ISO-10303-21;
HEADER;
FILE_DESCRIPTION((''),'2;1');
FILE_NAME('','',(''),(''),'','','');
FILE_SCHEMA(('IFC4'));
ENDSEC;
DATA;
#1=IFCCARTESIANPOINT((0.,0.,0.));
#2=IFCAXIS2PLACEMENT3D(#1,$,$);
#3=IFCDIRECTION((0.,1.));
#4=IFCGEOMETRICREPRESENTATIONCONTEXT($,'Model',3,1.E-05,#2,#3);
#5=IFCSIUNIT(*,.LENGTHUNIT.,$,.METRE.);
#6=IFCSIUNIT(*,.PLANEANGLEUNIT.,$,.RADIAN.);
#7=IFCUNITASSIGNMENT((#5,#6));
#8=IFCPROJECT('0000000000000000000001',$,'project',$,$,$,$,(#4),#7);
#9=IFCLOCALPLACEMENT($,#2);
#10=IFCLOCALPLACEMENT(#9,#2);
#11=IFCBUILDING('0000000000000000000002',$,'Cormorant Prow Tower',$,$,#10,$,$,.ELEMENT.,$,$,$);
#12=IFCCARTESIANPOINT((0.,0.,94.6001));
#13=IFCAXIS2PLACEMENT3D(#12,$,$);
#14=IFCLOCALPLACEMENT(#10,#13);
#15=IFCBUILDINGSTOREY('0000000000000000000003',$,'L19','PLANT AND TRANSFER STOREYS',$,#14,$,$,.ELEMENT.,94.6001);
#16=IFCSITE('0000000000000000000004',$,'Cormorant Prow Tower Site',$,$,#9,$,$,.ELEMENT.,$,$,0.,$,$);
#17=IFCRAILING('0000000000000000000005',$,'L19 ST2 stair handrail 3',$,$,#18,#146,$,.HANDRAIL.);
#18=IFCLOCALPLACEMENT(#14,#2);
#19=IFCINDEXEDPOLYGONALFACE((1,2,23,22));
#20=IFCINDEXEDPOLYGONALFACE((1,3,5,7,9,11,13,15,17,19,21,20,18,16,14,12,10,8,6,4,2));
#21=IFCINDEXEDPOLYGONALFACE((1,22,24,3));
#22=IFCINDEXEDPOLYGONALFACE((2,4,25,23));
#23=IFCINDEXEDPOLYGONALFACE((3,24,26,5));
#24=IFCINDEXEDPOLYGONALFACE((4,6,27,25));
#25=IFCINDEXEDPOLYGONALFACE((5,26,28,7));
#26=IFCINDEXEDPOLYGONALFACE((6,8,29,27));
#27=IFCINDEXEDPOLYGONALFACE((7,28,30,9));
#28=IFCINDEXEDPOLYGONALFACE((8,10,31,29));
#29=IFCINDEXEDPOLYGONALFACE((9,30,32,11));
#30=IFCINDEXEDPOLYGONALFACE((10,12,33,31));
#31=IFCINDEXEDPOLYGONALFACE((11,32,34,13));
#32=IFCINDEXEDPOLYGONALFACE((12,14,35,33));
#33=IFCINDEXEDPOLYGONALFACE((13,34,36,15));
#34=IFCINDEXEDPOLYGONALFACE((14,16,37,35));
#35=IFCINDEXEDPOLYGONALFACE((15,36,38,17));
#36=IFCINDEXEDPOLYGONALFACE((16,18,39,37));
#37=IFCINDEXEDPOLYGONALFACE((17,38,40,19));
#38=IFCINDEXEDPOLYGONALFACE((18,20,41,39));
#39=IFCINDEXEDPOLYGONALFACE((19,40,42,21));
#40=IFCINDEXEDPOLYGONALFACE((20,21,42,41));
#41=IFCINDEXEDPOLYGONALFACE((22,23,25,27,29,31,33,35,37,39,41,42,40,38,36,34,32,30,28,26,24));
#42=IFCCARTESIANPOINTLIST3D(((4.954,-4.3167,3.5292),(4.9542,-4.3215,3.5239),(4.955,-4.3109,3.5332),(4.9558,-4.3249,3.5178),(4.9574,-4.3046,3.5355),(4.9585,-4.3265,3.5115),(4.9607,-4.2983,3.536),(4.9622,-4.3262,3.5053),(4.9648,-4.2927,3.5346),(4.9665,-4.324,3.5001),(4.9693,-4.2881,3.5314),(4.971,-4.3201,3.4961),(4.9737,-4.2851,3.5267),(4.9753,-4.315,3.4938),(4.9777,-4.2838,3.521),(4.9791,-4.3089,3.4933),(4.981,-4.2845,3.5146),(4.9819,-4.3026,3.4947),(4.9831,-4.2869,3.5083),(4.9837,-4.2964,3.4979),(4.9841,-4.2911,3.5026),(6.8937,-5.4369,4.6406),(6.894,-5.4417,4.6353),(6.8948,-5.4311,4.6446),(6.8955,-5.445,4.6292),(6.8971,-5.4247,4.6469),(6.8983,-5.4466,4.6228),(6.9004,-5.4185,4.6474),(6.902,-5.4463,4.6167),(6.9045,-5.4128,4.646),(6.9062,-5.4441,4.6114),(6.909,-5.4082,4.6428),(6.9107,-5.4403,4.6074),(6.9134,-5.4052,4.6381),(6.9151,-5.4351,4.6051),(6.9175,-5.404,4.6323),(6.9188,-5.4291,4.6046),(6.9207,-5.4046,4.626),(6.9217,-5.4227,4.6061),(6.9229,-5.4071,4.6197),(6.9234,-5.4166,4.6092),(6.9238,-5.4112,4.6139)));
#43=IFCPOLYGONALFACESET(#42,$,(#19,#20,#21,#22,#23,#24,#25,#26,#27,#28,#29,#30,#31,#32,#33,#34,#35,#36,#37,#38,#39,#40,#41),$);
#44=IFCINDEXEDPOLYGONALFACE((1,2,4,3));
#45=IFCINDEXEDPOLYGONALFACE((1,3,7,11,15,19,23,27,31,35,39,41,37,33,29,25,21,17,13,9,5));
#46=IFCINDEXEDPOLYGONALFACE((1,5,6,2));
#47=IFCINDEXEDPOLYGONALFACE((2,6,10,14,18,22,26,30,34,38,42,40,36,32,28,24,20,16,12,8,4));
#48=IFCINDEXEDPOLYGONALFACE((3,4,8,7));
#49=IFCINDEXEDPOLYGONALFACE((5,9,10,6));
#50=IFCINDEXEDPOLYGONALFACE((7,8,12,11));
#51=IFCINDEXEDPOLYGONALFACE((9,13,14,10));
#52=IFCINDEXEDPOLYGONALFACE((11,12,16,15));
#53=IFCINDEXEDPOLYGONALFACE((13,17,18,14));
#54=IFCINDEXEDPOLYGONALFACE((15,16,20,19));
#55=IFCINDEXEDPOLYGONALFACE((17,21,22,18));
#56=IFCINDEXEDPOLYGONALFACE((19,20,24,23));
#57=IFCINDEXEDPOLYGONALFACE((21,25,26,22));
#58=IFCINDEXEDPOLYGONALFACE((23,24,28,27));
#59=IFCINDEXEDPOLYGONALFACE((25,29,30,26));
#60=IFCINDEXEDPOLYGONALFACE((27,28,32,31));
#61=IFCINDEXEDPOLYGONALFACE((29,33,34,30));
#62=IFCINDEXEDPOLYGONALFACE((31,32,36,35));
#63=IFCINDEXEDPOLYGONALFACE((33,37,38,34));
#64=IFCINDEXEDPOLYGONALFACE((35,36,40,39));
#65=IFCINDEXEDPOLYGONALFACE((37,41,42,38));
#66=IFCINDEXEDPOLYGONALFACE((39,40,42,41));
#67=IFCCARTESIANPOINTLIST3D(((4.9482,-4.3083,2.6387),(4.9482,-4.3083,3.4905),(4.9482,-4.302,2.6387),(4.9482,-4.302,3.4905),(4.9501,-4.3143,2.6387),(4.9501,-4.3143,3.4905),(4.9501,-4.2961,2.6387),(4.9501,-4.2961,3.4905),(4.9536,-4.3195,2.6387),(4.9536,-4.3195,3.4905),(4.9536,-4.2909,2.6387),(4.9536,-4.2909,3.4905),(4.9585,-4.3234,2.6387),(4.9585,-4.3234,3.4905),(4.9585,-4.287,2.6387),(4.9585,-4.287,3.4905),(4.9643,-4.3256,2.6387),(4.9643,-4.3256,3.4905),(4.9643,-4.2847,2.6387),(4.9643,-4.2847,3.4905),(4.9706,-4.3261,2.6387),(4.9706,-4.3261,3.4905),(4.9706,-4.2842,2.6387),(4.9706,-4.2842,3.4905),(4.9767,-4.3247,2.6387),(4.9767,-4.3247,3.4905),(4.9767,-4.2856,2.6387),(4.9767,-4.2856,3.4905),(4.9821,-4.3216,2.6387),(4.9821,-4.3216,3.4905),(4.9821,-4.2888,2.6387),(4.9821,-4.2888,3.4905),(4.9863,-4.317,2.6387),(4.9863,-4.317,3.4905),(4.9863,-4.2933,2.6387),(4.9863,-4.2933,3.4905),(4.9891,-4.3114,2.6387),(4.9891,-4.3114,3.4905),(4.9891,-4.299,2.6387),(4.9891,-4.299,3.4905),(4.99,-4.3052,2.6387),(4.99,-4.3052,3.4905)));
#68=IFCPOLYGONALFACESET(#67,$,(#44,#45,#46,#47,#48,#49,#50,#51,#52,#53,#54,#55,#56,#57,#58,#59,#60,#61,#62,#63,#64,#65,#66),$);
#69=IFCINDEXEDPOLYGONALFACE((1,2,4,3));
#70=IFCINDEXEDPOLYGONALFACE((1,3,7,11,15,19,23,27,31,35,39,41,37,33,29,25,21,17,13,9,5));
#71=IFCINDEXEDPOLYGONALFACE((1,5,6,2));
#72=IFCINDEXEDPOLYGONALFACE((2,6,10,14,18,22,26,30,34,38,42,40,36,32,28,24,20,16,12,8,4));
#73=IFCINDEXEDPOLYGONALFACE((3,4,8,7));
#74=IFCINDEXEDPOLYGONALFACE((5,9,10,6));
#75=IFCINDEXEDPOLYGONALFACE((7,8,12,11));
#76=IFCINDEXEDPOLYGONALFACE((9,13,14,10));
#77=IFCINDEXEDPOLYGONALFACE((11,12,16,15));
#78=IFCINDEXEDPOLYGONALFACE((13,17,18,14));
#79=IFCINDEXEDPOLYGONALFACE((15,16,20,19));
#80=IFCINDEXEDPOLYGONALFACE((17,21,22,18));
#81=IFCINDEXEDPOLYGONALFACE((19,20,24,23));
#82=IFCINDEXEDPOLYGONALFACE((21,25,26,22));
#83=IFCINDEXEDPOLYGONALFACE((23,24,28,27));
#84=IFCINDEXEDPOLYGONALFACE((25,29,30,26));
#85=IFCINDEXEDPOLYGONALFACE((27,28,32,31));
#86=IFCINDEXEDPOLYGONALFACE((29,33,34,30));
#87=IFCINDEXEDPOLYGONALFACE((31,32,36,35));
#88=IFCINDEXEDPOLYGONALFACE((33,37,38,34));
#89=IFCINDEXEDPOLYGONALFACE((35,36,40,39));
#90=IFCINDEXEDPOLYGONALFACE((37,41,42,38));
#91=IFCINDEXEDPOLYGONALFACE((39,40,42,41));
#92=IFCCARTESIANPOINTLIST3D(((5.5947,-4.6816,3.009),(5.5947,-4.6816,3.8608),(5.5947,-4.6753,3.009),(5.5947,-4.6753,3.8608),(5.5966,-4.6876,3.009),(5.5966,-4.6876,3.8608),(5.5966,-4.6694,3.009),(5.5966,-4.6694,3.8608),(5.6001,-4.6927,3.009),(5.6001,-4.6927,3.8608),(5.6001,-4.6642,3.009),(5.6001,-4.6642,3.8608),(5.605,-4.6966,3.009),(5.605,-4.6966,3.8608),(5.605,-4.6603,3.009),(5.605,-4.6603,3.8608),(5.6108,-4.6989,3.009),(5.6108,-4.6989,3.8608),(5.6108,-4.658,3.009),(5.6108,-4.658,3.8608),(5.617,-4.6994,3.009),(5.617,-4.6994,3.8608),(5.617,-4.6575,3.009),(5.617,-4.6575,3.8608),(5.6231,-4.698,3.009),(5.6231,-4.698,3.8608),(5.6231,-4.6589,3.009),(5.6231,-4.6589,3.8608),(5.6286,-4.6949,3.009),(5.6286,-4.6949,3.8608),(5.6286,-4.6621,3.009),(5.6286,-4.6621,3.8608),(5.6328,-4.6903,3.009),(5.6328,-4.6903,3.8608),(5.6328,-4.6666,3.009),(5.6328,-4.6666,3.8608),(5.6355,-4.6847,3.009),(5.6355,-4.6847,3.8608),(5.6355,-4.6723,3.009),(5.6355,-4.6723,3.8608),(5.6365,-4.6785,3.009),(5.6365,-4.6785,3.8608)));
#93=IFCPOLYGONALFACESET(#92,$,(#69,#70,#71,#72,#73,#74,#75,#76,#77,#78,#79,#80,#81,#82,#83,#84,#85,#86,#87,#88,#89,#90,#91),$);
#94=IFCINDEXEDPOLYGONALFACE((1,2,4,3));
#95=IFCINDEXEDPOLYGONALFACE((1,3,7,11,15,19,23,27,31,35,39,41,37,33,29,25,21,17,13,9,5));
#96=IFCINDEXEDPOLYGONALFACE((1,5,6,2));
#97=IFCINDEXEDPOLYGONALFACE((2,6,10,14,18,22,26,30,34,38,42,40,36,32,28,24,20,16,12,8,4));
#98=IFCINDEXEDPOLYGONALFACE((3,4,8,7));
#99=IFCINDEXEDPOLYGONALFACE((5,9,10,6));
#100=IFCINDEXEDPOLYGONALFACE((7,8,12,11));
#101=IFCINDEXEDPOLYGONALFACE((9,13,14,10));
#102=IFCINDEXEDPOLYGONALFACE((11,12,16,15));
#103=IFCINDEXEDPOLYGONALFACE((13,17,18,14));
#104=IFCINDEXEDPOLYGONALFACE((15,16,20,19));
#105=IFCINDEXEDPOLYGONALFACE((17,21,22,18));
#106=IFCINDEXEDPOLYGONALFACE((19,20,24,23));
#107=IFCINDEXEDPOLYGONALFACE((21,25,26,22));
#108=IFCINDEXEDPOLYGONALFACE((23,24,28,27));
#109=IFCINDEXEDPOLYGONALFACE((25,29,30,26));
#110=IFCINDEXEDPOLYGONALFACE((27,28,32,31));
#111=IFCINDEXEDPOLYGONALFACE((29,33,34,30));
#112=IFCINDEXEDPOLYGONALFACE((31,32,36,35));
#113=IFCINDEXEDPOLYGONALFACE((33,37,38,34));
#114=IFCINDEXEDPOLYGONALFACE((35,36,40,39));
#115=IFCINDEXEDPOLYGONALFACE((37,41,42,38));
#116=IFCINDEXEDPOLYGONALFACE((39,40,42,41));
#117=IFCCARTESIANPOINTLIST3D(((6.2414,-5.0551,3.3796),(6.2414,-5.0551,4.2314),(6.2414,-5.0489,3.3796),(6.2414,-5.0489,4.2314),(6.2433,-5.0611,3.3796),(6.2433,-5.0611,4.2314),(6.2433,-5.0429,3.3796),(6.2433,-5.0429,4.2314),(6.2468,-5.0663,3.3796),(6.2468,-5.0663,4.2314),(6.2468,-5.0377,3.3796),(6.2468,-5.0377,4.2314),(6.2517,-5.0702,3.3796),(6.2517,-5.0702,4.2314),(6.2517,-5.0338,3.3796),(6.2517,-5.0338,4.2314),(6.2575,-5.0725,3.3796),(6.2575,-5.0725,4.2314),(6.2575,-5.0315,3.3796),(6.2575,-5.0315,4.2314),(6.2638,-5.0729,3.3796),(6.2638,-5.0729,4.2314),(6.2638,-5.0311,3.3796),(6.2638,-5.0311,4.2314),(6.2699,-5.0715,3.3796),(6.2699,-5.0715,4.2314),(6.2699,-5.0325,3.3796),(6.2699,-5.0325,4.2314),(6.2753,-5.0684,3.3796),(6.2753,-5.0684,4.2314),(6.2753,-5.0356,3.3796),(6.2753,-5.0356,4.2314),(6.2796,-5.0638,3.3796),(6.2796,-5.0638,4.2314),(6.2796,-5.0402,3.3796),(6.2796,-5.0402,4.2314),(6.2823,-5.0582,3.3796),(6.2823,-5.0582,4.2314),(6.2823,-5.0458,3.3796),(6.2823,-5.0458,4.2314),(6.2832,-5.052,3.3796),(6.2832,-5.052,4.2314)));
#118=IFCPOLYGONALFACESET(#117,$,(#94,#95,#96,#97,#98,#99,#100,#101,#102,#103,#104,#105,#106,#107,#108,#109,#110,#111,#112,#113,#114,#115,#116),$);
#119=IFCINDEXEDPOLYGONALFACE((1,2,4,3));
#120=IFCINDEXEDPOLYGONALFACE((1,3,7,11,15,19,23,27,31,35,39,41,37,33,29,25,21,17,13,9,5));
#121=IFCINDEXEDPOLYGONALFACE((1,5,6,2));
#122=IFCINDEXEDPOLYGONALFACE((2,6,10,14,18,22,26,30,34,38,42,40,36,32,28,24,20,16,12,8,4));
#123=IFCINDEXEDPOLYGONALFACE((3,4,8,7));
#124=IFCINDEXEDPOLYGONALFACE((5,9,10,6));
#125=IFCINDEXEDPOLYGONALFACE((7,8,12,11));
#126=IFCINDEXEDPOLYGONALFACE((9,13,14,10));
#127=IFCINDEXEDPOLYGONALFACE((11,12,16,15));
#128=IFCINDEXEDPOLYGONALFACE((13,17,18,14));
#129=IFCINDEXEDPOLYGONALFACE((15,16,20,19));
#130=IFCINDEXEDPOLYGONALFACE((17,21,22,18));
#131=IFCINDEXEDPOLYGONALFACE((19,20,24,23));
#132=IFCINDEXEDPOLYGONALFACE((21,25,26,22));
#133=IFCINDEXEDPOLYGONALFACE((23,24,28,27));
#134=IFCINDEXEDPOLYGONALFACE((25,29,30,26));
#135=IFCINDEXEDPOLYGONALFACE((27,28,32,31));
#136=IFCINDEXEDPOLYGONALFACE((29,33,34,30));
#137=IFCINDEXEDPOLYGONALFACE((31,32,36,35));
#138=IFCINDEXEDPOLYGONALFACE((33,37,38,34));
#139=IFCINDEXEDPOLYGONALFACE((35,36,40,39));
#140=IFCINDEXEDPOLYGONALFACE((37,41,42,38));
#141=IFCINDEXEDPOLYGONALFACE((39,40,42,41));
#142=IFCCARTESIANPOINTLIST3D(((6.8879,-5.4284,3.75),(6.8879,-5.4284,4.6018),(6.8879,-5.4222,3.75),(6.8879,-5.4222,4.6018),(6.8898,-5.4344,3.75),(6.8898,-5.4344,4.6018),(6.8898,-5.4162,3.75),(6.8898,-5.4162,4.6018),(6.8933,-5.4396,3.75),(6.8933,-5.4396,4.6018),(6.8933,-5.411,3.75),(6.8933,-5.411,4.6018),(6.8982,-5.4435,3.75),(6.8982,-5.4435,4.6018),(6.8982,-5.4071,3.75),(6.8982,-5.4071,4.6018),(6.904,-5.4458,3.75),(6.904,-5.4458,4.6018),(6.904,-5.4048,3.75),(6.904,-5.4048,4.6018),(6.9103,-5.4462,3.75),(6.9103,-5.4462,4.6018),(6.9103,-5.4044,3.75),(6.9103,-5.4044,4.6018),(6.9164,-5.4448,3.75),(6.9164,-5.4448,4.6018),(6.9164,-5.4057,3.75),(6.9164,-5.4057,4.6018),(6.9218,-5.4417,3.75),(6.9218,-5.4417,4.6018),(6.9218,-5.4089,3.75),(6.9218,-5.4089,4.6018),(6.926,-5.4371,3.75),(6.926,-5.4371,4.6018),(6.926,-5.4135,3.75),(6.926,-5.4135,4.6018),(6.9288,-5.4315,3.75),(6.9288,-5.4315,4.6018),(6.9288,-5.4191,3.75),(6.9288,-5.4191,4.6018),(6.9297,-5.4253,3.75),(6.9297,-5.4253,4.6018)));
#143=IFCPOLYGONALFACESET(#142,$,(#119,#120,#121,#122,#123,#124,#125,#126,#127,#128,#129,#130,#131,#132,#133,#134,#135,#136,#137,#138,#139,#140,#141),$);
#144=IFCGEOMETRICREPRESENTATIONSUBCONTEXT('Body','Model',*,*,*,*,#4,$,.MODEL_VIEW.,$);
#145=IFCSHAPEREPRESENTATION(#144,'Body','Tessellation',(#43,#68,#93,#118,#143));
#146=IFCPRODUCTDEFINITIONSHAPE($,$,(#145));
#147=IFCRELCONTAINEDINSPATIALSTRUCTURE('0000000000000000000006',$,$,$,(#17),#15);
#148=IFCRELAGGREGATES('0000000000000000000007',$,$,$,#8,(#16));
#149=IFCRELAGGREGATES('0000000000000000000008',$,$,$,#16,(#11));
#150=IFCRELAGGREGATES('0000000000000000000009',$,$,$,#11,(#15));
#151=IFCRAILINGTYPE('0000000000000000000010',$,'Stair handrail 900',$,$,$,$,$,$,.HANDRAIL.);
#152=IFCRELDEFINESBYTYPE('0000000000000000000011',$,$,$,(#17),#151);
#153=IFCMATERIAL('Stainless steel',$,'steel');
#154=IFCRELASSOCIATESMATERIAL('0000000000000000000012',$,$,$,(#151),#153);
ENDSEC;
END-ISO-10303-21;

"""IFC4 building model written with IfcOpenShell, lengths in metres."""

from ifc_helpers import new_model, si_unit, direction, frame, origin, origin_2d, place, context, subcontext, project, spatial, circle, extrude, material, type_object, element, save


model = new_model("IFC4")

# Units and contexts
model_context = context("Model", 3, precision=1e-05, world=origin(), true_north=direction((0.0, 1.0)))
body_context = subcontext(model_context, "Body", "Model", "MODEL_VIEW")
ifc_project = project(units=[si_unit("LENGTHUNIT", "METRE"), si_unit("PLANEANGLEUNIT", "RADIAN")], contexts=[model_context])

# Site, building, storey
site_placement = place(None, origin())
site = spatial("IfcSite", under=ifc_project, at=site_placement, Name="Cormorant Prow Tower Site", CompositionType="ELEMENT", RefElevation=0.0)
building_placement = place(site_placement, origin())
building = spatial("IfcBuilding", under=site, at=building_placement, Name="Cormorant Prow Tower", CompositionType="ELEMENT")
storey_placement = place(building_placement, frame((0.0, 0.0, 94.6001)))
storey = spatial("IfcBuildingStorey", under=building, at=storey_placement, Name="L19", Description="PLANT AND TRANSFER STOREYS", CompositionType="ELEMENT", Elevation=94.6001)

# Railing
ifc_material_1 = material(Name="Stainless steel", Category="steel")
railing_type_1 = type_object("IfcRailingType", Name="Stair handrail 900", PredefinedType="HANDRAIL", material=ifc_material_1)
for number, where, name in (
    (1, (4.969, -4.3052, 2.6387), "L19 ST2 stair handrail 3"),
):
    element("IfcRailing", number, at=place(storey_placement, frame(where)), inside=storey, type_object=railing_type_1, Name=name, PredefinedType="HANDRAIL", context=body_context, shape_type="SweptSolid", body=[
        extrude(circle(Radius=0.0239, at=origin_2d()), frame((0.0, 0.0, 0.876), z_axis=(0.775746, -0.44797, 0.444455), x_axis=(0.500078, 0.86598, 0.0)), (0.0, 0.0, 1.0), 2.5005),
        extrude(circle(Radius=0.021, at=origin_2d()), origin(), (0.0, 0.0, 1.0), 0.8518),
        extrude(circle(Radius=0.021, at=origin_2d()), frame((0.6465, -0.3733, 0.3704)), (0.0, 0.0, 1.0), 0.8518),
        extrude(circle(Radius=0.021, at=origin_2d()), frame((1.2932, -0.7468, 0.741)), (0.0, 0.0, 1.0), 0.8518),
        extrude(circle(Radius=0.021, at=origin_2d()), frame((1.9397, -1.1201, 1.1113)), (0.0, 0.0, 1.0), 0.8518),
    ])

save(model, "model.ifc")
